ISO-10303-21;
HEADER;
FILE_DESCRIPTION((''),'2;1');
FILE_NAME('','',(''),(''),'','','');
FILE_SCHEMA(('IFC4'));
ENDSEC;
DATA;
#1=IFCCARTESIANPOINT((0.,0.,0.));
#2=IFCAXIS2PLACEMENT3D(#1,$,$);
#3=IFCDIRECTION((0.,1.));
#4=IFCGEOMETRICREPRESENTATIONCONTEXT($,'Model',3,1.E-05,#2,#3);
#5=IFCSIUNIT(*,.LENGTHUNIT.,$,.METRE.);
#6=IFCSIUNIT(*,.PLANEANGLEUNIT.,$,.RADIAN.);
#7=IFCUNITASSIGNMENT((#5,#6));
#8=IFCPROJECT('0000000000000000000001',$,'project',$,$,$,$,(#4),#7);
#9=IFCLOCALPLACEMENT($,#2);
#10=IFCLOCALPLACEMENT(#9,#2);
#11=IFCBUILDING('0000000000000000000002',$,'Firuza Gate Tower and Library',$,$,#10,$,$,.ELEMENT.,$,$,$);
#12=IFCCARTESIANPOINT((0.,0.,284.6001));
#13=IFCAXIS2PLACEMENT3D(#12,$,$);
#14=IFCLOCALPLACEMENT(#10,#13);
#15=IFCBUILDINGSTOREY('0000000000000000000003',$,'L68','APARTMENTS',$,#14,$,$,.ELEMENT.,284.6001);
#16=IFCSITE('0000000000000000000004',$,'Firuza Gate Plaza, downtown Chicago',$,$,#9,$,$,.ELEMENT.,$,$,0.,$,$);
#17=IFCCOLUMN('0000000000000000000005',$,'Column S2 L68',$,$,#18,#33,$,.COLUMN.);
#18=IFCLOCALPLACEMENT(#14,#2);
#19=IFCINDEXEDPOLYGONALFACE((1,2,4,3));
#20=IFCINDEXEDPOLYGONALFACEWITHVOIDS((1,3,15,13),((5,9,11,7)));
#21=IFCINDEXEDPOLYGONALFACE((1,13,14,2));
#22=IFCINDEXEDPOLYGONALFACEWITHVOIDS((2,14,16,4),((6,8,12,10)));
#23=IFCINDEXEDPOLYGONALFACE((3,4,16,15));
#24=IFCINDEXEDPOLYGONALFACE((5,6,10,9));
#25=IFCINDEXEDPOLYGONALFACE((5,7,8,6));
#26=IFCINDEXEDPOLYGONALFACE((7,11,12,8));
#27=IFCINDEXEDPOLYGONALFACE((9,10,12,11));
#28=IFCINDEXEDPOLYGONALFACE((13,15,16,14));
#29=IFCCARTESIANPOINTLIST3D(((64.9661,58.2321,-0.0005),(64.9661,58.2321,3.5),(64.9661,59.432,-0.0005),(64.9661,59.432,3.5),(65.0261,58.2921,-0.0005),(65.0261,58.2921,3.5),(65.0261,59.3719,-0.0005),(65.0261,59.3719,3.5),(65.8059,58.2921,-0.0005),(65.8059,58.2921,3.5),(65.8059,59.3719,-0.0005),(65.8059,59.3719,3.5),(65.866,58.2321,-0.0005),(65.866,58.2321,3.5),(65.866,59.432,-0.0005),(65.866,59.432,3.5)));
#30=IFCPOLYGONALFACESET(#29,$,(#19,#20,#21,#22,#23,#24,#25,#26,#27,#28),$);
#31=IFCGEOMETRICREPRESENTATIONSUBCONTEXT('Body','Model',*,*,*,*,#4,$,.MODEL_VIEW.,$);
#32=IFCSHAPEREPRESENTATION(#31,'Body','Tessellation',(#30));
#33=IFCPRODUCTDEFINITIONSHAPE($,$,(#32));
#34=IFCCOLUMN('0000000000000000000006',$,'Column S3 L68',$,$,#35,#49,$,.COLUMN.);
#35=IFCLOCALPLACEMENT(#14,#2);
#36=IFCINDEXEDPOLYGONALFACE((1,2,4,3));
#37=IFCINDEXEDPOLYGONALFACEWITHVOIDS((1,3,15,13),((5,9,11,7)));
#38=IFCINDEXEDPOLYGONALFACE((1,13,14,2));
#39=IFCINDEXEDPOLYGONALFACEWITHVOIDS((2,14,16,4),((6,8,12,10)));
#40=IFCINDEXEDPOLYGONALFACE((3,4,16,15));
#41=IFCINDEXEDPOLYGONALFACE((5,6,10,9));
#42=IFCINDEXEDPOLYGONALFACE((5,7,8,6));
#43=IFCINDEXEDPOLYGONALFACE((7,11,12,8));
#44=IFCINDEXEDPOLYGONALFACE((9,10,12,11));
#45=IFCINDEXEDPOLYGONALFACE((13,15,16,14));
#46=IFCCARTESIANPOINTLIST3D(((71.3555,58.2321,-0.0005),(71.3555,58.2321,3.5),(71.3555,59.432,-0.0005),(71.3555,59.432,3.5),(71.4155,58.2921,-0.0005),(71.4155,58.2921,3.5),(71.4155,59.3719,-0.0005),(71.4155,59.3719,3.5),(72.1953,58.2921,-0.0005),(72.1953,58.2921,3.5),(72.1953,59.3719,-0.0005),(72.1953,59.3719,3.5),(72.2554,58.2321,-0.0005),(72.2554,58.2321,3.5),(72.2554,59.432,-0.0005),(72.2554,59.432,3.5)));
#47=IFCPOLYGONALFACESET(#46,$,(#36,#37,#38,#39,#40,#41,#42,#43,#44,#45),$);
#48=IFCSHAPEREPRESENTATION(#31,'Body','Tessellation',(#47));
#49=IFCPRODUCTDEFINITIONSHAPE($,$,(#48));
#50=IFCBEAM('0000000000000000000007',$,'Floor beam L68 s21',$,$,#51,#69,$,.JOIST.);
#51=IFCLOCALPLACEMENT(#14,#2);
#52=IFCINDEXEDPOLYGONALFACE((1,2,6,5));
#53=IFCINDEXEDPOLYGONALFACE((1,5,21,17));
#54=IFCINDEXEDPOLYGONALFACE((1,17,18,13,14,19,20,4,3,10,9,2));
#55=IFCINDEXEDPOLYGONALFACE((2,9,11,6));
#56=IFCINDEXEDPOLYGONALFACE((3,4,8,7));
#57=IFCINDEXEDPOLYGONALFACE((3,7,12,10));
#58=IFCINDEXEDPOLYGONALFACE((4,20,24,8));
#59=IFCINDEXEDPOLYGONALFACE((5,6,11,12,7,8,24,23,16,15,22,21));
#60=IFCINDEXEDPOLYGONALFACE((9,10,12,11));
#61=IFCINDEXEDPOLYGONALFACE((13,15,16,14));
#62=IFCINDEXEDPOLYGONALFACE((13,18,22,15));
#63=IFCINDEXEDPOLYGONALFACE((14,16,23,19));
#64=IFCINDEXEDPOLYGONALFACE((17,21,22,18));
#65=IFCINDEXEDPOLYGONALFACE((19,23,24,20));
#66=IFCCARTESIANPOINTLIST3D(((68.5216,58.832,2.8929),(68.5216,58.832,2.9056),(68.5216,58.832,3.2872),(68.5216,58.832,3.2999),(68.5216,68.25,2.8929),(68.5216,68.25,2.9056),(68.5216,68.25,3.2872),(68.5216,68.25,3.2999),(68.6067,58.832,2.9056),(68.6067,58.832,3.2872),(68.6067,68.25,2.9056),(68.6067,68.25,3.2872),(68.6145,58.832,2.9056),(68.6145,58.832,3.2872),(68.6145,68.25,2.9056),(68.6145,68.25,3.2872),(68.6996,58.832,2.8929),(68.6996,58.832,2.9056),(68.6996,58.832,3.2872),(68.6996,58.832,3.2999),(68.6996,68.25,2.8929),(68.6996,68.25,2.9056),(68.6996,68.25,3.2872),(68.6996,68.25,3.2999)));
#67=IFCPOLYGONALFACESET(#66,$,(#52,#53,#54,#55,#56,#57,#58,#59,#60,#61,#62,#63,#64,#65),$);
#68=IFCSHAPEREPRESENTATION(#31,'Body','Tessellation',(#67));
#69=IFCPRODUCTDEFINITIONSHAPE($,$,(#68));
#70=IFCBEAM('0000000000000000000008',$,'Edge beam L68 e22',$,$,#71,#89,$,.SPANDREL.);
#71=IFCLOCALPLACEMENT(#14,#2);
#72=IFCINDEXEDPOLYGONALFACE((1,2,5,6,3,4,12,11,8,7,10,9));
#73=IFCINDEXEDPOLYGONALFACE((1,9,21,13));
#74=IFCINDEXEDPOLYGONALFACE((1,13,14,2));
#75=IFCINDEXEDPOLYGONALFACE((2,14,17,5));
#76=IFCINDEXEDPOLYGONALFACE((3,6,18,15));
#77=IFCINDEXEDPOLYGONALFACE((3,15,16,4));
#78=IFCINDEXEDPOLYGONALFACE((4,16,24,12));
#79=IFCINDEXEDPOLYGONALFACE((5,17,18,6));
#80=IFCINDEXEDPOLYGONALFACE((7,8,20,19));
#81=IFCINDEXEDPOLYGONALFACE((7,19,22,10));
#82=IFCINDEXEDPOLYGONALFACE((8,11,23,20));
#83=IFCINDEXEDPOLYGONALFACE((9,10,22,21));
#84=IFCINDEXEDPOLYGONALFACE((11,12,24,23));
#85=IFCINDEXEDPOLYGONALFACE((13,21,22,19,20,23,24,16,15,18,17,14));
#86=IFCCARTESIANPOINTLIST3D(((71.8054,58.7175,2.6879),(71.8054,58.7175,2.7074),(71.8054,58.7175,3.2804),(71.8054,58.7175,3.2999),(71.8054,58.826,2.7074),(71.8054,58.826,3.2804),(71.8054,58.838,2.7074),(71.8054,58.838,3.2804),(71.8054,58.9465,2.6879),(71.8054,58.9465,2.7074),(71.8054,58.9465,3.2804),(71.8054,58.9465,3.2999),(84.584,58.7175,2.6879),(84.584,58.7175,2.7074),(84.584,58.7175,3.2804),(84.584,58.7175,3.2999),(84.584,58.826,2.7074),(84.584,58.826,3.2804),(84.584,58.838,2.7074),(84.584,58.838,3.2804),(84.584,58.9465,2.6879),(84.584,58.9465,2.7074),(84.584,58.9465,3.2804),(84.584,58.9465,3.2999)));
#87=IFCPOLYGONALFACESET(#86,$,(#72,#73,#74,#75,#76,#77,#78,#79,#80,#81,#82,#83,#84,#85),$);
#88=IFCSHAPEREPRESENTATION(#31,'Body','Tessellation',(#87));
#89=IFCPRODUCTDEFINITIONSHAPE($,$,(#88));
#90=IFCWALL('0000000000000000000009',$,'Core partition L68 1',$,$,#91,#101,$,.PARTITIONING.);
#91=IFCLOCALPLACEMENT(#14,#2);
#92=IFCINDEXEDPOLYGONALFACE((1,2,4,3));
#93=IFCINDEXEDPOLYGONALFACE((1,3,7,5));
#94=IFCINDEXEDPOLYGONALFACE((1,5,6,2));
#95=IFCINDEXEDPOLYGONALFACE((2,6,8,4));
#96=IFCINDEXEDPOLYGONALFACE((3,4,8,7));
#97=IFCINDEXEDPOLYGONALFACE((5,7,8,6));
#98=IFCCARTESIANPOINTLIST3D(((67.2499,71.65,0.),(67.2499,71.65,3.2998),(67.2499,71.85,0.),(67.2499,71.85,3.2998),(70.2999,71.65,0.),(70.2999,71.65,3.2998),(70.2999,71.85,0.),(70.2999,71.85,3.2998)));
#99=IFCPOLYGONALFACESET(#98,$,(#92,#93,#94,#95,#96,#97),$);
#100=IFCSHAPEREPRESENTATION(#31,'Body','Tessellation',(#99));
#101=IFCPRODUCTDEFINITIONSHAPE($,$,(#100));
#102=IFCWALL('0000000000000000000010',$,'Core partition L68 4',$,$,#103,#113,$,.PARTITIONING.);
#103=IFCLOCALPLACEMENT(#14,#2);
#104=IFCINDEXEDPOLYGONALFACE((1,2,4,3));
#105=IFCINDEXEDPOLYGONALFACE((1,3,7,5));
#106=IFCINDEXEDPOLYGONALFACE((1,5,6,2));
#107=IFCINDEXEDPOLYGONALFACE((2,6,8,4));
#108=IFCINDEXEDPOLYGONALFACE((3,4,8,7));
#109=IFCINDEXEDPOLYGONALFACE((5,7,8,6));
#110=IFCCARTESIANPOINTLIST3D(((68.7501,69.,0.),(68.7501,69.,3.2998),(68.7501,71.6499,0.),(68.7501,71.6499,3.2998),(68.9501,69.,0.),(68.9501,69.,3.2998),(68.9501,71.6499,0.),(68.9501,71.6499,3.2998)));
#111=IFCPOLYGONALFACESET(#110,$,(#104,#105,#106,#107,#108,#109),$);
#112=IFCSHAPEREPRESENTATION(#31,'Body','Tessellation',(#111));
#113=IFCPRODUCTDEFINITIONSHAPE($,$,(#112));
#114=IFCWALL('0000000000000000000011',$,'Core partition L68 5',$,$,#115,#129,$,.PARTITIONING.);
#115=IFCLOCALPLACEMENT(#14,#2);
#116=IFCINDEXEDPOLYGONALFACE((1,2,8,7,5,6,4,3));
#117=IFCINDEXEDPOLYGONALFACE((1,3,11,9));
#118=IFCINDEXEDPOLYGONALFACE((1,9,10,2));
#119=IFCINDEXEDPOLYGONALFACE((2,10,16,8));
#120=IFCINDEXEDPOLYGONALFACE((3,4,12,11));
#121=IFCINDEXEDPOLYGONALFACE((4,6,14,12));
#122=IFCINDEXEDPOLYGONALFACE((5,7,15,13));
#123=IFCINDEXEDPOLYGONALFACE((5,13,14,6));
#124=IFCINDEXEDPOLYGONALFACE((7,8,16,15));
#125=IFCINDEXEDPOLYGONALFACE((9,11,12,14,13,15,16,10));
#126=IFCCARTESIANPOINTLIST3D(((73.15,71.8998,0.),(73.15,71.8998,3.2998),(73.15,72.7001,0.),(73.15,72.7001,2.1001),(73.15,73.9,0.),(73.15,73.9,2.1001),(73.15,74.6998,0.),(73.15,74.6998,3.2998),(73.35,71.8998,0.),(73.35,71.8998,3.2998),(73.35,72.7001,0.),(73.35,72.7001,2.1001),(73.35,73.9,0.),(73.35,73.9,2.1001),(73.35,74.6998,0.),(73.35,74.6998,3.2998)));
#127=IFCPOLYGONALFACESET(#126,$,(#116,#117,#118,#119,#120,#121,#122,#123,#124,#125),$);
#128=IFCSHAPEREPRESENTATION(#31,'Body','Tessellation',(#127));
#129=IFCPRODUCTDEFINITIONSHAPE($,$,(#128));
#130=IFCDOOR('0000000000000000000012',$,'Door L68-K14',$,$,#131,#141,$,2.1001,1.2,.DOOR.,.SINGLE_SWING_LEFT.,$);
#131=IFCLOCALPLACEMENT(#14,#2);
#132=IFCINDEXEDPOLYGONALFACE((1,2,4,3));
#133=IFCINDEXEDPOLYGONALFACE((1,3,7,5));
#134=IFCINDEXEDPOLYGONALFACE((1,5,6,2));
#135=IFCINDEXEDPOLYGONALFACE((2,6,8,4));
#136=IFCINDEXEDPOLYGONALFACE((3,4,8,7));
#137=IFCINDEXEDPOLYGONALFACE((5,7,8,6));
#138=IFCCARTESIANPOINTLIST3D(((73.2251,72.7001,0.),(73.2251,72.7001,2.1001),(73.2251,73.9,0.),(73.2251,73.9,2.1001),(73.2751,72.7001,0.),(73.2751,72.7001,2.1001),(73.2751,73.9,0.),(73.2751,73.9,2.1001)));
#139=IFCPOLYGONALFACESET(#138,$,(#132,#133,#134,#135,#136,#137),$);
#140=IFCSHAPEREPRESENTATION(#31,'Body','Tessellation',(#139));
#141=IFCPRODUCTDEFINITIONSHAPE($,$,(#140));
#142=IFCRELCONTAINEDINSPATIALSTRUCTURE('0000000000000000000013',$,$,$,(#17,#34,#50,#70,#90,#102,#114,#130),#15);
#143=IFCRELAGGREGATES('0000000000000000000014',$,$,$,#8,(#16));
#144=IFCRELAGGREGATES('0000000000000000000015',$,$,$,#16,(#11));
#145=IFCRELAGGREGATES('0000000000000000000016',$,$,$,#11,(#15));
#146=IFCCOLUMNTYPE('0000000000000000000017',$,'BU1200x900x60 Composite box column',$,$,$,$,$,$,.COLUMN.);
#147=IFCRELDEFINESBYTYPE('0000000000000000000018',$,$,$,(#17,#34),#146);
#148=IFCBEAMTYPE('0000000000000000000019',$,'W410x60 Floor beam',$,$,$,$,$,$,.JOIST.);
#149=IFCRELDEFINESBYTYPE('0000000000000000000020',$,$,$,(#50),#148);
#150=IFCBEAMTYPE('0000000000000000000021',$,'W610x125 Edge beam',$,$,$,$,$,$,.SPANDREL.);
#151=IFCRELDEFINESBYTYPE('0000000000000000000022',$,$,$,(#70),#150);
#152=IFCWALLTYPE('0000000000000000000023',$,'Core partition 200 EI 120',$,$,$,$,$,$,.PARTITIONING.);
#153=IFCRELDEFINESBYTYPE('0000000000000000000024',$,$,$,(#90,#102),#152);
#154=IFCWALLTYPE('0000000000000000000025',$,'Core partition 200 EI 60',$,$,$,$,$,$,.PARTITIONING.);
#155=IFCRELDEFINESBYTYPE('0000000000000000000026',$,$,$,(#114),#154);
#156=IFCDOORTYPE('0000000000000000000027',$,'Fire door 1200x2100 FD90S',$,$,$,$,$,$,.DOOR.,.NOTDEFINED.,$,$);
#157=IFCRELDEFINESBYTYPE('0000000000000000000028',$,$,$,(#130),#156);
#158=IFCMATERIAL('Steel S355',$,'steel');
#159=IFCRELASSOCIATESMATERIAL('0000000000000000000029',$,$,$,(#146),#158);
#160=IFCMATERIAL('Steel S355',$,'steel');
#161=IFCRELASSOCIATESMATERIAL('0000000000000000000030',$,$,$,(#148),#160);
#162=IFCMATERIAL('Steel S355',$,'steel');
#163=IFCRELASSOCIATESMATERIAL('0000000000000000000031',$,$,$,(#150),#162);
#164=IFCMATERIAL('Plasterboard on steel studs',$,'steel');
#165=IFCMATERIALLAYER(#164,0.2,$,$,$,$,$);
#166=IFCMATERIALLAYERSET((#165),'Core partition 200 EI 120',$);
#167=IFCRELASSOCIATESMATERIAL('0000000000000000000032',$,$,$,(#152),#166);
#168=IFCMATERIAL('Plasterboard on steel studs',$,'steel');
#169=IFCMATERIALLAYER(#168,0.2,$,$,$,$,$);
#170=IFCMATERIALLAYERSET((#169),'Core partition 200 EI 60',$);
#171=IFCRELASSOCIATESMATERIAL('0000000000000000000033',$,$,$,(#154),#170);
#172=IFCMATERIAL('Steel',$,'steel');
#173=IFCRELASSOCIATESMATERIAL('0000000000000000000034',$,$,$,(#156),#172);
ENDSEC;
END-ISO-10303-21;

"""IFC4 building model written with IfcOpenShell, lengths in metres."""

from ifc_helpers import new_model, si_unit, direction, frame, frame_2d, origin, origin_2d, place, context, subcontext, project, spatial, rectangle, hollow_rectangle, i_section, extrude, material, layer, layer_set, material_profile, profile_set, type_object, element, fill, save


model = new_model("IFC4")

# Units and contexts
model_context = context("Model", 3, precision=1e-05, world=origin(), true_north=direction((0.0, 1.0)))
body_context = subcontext(model_context, "Body", "Model", "MODEL_VIEW")
ifc_project = project(units=[si_unit("LENGTHUNIT", "METRE"), si_unit("PLANEANGLEUNIT", "RADIAN")], contexts=[model_context])

# Site, building, storey
site_placement = place(None, origin())
site = spatial("IfcSite", under=ifc_project, at=site_placement, Name="Firuza Gate Plaza, downtown Chicago", CompositionType="ELEMENT", RefElevation=0.0)
building_placement = place(site_placement, origin())
building = spatial("IfcBuilding", under=site, at=building_placement, Name="Firuza Gate Tower and Library", CompositionType="ELEMENT")
storey_placement = place(building_placement, frame((0.0, 0.0, 284.6001)))
storey = spatial("IfcBuildingStorey", under=building, at=storey_placement, Name="L68", Description="APARTMENTS", CompositionType="ELEMENT", Elevation=284.6001)

# Columns
ifc_material_1 = material(Name="Steel S355", Category="steel")
ifc_material_profile_1 = material_profile(ifc_material_1, hollow_rectangle(XDim=0.8999, YDim=1.2, WallThickness=0.0601, at=origin_2d()))
ifc_profile_set_1 = profile_set([ifc_material_profile_1], Name="Steel S355")
column_type = type_object("IfcColumnType", Name="BU1200x900x60 Composite box column", PredefinedType="COLUMN", material=ifc_profile_set_1)
for number, where, z_axis, x_axis, name in (
    (1, (65.416, 58.832, -0.0005), (0.0, 0.0, 1.0), (1.0, 0.0, 0.0), "Column S2 L68"),
    (2, (71.8054, 58.832, -0.0005), (0.0, 0.0, 1.0), (1.0, 0.0, 0.0), "Column S3 L68"),
):
    element("IfcColumn", number, at=place(storey_placement, frame(where, z_axis=z_axis, x_axis=x_axis)), inside=storey, type_object=column_type, Name=name, PredefinedType="COLUMN", context=body_context, shape_type="SweptSolid", body=[
        extrude(hollow_rectangle(XDim=0.8999, YDim=1.2, WallThickness=0.0601, at=origin_2d()), origin(), (0.0, 0.0, 1.0), 3.5005),
    ])

# Beams
ifc_material_2 = material(Name="Steel S355", Category="steel")
ifc_material_profile_2 = material_profile(ifc_material_2, i_section(OverallWidth=0.178, OverallDepth=0.407, WebThickness=0.0078, FlangeThickness=0.0127, at=origin_2d()))
ifc_profile_set_2 = profile_set([ifc_material_profile_2], Name="Steel S355")
beam_type_1 = type_object("IfcBeamType", Name="W410x60 Floor beam", PredefinedType="JOIST", material=ifc_profile_set_2)
beam_1_placement = place(storey_placement, frame((68.6106, 58.832, 3.0964), z_axis=(0.0, 1.0, 0.0), x_axis=(-1.0, 0.0, 0.0)))
element("IfcBeam", 3, at=beam_1_placement, inside=storey, type_object=beam_type_1, Name="Floor beam L68 s21", PredefinedType="JOIST", context=body_context, shape_type="SweptSolid", body=[
    extrude(i_section(OverallWidth=0.178, OverallDepth=0.407, WebThickness=0.0078, FlangeThickness=0.0127, at=origin_2d()), origin(), (0.0, 0.0, 1.0), 9.418),
])
ifc_material_3 = material(Name="Steel S355", Category="steel")
ifc_material_profile_3 = material_profile(ifc_material_3, i_section(OverallWidth=0.229, OverallDepth=0.6121, WebThickness=0.012, FlangeThickness=0.0195, at=origin_2d()))
ifc_profile_set_3 = profile_set([ifc_material_profile_3], Name="Steel S355")
beam_type_2 = type_object("IfcBeamType", Name="W610x125 Edge beam", PredefinedType="SPANDREL", material=ifc_profile_set_3)
beam_2_placement = place(storey_placement, frame((71.8054, 58.832, 2.9939), z_axis=(1.0, 0.0, 0.0), x_axis=(0.0, 1.0, 0.0)))
element("IfcBeam", 4, at=beam_2_placement, inside=storey, type_object=beam_type_2, Name="Edge beam L68 e22", PredefinedType="SPANDREL", context=body_context, shape_type="SweptSolid", body=[
    extrude(i_section(OverallWidth=0.229, OverallDepth=0.6121, WebThickness=0.012, FlangeThickness=0.0195, at=origin_2d()), origin(), (0.0, 0.0, 1.0), 12.7786),
])

# Walls
ifc_material_4 = material(Name="Plasterboard on steel studs", Category="steel")
ifc_layer_1 = layer(ifc_material_4, 0.2)
ifc_layer_set_1 = layer_set([ifc_layer_1], Name="Core partition 200 EI 120")
wall_type_1 = type_object("IfcWallType", Name="Core partition 200 EI 120", PredefinedType="PARTITIONING", material=ifc_layer_set_1)
wall_1_placement = place(storey_placement, frame((67.25, 71.75, 0.0), z_axis=(0.0, 0.0, 1.0), x_axis=(1.0, 0.0, 0.0)))
element("IfcWall", 5, at=wall_1_placement, inside=storey, type_object=wall_type_1, Name="Core partition L68 1", PredefinedType="PARTITIONING", context=body_context, shape_type="SweptSolid", body=[
    extrude(rectangle(XDim=3.05, YDim=0.2, at=frame_2d((1.5249, 0.0))), origin(), (0.0, 0.0, 1.0), 3.2998),
])
wall_2_placement = place(storey_placement, frame((68.8501, 69.0, 0.0), z_axis=(0.0, 0.0, 1.0), x_axis=(0.0, 1.0, 0.0)))
element("IfcWall", 6, at=wall_2_placement, inside=storey, type_object=wall_type_1, Name="Core partition L68 4", PredefinedType="PARTITIONING", context=body_context, shape_type="SweptSolid", body=[
    extrude(rectangle(XDim=2.6499, YDim=0.2, at=frame_2d((1.325, 0.0))), origin(), (0.0, 0.0, 1.0), 3.2998),
])

# Wall, opening, door
ifc_material_5 = material(Name="Plasterboard on steel studs", Category="steel")
ifc_layer_2 = layer(ifc_material_5, 0.2)
ifc_layer_set_2 = layer_set([ifc_layer_2], Name="Core partition 200 EI 60")
wall_type_2 = type_object("IfcWallType", Name="Core partition 200 EI 60", PredefinedType="PARTITIONING", material=ifc_layer_set_2)
wall_3_placement = place(storey_placement, frame((73.25, 71.8999, 0.0), z_axis=(0.0, 0.0, 1.0), x_axis=(0.0, 1.0, 0.0)))
wall_3 = element("IfcWall", 7, at=wall_3_placement, inside=storey, type_object=wall_type_2, Name="Core partition L68 5", PredefinedType="PARTITIONING", context=body_context, shape_type="SweptSolid", body=[
    extrude(rectangle(XDim=2.8, YDim=0.2, at=frame_2d((1.3999, 0.0))), origin(), (0.0, 0.0, 1.0), 3.2998),
])
opening_1_placement = place(wall_3_placement, frame((0.8, 0.0, 0.0)))
opening_1 = element("IfcOpeningElement", 8, at=opening_1_placement, cuts=wall_3, PredefinedType="OPENING", context=body_context, shape_type="SweptSolid", body=[
    extrude(rectangle(XDim=1.2, YDim=2.1001, at=frame_2d((0.6001, 1.05))), frame((0.0, 0.1099, 0.0), z_axis=(0.0, -1.0, 0.0), x_axis=(1.0, 0.0, 0.0)), (0.0, 0.0, 1.0), 0.22),
])
ifc_material_6 = material(Name="Steel", Category="steel")
door_type_1 = type_object("IfcDoorType", Name="Fire door 1200x2100 FD90S", OperationType="NOTDEFINED", PredefinedType="DOOR", material=ifc_material_6)
door_1_placement = place(opening_1_placement, origin())
door_1 = element("IfcDoor", 9, at=door_1_placement, inside=storey, type_object=door_type_1, Name="Door L68-K14", OperationType="SINGLE_SWING_LEFT", OverallHeight=2.1001, OverallWidth=1.2, PredefinedType="DOOR", context=body_context, shape_type="SweptSolid", body=[
    extrude(rectangle(XDim=1.2, YDim=2.1001, at=frame_2d((0.6001, 1.05))), frame((0.0, 0.0249, 0.0), z_axis=(0.0, -1.0, 0.0), x_axis=(1.0, 0.0, 0.0)), (0.0, 0.0, 1.0), 0.05),
])
fill(opening_1, door_1)

save(model, "model.ifc")
